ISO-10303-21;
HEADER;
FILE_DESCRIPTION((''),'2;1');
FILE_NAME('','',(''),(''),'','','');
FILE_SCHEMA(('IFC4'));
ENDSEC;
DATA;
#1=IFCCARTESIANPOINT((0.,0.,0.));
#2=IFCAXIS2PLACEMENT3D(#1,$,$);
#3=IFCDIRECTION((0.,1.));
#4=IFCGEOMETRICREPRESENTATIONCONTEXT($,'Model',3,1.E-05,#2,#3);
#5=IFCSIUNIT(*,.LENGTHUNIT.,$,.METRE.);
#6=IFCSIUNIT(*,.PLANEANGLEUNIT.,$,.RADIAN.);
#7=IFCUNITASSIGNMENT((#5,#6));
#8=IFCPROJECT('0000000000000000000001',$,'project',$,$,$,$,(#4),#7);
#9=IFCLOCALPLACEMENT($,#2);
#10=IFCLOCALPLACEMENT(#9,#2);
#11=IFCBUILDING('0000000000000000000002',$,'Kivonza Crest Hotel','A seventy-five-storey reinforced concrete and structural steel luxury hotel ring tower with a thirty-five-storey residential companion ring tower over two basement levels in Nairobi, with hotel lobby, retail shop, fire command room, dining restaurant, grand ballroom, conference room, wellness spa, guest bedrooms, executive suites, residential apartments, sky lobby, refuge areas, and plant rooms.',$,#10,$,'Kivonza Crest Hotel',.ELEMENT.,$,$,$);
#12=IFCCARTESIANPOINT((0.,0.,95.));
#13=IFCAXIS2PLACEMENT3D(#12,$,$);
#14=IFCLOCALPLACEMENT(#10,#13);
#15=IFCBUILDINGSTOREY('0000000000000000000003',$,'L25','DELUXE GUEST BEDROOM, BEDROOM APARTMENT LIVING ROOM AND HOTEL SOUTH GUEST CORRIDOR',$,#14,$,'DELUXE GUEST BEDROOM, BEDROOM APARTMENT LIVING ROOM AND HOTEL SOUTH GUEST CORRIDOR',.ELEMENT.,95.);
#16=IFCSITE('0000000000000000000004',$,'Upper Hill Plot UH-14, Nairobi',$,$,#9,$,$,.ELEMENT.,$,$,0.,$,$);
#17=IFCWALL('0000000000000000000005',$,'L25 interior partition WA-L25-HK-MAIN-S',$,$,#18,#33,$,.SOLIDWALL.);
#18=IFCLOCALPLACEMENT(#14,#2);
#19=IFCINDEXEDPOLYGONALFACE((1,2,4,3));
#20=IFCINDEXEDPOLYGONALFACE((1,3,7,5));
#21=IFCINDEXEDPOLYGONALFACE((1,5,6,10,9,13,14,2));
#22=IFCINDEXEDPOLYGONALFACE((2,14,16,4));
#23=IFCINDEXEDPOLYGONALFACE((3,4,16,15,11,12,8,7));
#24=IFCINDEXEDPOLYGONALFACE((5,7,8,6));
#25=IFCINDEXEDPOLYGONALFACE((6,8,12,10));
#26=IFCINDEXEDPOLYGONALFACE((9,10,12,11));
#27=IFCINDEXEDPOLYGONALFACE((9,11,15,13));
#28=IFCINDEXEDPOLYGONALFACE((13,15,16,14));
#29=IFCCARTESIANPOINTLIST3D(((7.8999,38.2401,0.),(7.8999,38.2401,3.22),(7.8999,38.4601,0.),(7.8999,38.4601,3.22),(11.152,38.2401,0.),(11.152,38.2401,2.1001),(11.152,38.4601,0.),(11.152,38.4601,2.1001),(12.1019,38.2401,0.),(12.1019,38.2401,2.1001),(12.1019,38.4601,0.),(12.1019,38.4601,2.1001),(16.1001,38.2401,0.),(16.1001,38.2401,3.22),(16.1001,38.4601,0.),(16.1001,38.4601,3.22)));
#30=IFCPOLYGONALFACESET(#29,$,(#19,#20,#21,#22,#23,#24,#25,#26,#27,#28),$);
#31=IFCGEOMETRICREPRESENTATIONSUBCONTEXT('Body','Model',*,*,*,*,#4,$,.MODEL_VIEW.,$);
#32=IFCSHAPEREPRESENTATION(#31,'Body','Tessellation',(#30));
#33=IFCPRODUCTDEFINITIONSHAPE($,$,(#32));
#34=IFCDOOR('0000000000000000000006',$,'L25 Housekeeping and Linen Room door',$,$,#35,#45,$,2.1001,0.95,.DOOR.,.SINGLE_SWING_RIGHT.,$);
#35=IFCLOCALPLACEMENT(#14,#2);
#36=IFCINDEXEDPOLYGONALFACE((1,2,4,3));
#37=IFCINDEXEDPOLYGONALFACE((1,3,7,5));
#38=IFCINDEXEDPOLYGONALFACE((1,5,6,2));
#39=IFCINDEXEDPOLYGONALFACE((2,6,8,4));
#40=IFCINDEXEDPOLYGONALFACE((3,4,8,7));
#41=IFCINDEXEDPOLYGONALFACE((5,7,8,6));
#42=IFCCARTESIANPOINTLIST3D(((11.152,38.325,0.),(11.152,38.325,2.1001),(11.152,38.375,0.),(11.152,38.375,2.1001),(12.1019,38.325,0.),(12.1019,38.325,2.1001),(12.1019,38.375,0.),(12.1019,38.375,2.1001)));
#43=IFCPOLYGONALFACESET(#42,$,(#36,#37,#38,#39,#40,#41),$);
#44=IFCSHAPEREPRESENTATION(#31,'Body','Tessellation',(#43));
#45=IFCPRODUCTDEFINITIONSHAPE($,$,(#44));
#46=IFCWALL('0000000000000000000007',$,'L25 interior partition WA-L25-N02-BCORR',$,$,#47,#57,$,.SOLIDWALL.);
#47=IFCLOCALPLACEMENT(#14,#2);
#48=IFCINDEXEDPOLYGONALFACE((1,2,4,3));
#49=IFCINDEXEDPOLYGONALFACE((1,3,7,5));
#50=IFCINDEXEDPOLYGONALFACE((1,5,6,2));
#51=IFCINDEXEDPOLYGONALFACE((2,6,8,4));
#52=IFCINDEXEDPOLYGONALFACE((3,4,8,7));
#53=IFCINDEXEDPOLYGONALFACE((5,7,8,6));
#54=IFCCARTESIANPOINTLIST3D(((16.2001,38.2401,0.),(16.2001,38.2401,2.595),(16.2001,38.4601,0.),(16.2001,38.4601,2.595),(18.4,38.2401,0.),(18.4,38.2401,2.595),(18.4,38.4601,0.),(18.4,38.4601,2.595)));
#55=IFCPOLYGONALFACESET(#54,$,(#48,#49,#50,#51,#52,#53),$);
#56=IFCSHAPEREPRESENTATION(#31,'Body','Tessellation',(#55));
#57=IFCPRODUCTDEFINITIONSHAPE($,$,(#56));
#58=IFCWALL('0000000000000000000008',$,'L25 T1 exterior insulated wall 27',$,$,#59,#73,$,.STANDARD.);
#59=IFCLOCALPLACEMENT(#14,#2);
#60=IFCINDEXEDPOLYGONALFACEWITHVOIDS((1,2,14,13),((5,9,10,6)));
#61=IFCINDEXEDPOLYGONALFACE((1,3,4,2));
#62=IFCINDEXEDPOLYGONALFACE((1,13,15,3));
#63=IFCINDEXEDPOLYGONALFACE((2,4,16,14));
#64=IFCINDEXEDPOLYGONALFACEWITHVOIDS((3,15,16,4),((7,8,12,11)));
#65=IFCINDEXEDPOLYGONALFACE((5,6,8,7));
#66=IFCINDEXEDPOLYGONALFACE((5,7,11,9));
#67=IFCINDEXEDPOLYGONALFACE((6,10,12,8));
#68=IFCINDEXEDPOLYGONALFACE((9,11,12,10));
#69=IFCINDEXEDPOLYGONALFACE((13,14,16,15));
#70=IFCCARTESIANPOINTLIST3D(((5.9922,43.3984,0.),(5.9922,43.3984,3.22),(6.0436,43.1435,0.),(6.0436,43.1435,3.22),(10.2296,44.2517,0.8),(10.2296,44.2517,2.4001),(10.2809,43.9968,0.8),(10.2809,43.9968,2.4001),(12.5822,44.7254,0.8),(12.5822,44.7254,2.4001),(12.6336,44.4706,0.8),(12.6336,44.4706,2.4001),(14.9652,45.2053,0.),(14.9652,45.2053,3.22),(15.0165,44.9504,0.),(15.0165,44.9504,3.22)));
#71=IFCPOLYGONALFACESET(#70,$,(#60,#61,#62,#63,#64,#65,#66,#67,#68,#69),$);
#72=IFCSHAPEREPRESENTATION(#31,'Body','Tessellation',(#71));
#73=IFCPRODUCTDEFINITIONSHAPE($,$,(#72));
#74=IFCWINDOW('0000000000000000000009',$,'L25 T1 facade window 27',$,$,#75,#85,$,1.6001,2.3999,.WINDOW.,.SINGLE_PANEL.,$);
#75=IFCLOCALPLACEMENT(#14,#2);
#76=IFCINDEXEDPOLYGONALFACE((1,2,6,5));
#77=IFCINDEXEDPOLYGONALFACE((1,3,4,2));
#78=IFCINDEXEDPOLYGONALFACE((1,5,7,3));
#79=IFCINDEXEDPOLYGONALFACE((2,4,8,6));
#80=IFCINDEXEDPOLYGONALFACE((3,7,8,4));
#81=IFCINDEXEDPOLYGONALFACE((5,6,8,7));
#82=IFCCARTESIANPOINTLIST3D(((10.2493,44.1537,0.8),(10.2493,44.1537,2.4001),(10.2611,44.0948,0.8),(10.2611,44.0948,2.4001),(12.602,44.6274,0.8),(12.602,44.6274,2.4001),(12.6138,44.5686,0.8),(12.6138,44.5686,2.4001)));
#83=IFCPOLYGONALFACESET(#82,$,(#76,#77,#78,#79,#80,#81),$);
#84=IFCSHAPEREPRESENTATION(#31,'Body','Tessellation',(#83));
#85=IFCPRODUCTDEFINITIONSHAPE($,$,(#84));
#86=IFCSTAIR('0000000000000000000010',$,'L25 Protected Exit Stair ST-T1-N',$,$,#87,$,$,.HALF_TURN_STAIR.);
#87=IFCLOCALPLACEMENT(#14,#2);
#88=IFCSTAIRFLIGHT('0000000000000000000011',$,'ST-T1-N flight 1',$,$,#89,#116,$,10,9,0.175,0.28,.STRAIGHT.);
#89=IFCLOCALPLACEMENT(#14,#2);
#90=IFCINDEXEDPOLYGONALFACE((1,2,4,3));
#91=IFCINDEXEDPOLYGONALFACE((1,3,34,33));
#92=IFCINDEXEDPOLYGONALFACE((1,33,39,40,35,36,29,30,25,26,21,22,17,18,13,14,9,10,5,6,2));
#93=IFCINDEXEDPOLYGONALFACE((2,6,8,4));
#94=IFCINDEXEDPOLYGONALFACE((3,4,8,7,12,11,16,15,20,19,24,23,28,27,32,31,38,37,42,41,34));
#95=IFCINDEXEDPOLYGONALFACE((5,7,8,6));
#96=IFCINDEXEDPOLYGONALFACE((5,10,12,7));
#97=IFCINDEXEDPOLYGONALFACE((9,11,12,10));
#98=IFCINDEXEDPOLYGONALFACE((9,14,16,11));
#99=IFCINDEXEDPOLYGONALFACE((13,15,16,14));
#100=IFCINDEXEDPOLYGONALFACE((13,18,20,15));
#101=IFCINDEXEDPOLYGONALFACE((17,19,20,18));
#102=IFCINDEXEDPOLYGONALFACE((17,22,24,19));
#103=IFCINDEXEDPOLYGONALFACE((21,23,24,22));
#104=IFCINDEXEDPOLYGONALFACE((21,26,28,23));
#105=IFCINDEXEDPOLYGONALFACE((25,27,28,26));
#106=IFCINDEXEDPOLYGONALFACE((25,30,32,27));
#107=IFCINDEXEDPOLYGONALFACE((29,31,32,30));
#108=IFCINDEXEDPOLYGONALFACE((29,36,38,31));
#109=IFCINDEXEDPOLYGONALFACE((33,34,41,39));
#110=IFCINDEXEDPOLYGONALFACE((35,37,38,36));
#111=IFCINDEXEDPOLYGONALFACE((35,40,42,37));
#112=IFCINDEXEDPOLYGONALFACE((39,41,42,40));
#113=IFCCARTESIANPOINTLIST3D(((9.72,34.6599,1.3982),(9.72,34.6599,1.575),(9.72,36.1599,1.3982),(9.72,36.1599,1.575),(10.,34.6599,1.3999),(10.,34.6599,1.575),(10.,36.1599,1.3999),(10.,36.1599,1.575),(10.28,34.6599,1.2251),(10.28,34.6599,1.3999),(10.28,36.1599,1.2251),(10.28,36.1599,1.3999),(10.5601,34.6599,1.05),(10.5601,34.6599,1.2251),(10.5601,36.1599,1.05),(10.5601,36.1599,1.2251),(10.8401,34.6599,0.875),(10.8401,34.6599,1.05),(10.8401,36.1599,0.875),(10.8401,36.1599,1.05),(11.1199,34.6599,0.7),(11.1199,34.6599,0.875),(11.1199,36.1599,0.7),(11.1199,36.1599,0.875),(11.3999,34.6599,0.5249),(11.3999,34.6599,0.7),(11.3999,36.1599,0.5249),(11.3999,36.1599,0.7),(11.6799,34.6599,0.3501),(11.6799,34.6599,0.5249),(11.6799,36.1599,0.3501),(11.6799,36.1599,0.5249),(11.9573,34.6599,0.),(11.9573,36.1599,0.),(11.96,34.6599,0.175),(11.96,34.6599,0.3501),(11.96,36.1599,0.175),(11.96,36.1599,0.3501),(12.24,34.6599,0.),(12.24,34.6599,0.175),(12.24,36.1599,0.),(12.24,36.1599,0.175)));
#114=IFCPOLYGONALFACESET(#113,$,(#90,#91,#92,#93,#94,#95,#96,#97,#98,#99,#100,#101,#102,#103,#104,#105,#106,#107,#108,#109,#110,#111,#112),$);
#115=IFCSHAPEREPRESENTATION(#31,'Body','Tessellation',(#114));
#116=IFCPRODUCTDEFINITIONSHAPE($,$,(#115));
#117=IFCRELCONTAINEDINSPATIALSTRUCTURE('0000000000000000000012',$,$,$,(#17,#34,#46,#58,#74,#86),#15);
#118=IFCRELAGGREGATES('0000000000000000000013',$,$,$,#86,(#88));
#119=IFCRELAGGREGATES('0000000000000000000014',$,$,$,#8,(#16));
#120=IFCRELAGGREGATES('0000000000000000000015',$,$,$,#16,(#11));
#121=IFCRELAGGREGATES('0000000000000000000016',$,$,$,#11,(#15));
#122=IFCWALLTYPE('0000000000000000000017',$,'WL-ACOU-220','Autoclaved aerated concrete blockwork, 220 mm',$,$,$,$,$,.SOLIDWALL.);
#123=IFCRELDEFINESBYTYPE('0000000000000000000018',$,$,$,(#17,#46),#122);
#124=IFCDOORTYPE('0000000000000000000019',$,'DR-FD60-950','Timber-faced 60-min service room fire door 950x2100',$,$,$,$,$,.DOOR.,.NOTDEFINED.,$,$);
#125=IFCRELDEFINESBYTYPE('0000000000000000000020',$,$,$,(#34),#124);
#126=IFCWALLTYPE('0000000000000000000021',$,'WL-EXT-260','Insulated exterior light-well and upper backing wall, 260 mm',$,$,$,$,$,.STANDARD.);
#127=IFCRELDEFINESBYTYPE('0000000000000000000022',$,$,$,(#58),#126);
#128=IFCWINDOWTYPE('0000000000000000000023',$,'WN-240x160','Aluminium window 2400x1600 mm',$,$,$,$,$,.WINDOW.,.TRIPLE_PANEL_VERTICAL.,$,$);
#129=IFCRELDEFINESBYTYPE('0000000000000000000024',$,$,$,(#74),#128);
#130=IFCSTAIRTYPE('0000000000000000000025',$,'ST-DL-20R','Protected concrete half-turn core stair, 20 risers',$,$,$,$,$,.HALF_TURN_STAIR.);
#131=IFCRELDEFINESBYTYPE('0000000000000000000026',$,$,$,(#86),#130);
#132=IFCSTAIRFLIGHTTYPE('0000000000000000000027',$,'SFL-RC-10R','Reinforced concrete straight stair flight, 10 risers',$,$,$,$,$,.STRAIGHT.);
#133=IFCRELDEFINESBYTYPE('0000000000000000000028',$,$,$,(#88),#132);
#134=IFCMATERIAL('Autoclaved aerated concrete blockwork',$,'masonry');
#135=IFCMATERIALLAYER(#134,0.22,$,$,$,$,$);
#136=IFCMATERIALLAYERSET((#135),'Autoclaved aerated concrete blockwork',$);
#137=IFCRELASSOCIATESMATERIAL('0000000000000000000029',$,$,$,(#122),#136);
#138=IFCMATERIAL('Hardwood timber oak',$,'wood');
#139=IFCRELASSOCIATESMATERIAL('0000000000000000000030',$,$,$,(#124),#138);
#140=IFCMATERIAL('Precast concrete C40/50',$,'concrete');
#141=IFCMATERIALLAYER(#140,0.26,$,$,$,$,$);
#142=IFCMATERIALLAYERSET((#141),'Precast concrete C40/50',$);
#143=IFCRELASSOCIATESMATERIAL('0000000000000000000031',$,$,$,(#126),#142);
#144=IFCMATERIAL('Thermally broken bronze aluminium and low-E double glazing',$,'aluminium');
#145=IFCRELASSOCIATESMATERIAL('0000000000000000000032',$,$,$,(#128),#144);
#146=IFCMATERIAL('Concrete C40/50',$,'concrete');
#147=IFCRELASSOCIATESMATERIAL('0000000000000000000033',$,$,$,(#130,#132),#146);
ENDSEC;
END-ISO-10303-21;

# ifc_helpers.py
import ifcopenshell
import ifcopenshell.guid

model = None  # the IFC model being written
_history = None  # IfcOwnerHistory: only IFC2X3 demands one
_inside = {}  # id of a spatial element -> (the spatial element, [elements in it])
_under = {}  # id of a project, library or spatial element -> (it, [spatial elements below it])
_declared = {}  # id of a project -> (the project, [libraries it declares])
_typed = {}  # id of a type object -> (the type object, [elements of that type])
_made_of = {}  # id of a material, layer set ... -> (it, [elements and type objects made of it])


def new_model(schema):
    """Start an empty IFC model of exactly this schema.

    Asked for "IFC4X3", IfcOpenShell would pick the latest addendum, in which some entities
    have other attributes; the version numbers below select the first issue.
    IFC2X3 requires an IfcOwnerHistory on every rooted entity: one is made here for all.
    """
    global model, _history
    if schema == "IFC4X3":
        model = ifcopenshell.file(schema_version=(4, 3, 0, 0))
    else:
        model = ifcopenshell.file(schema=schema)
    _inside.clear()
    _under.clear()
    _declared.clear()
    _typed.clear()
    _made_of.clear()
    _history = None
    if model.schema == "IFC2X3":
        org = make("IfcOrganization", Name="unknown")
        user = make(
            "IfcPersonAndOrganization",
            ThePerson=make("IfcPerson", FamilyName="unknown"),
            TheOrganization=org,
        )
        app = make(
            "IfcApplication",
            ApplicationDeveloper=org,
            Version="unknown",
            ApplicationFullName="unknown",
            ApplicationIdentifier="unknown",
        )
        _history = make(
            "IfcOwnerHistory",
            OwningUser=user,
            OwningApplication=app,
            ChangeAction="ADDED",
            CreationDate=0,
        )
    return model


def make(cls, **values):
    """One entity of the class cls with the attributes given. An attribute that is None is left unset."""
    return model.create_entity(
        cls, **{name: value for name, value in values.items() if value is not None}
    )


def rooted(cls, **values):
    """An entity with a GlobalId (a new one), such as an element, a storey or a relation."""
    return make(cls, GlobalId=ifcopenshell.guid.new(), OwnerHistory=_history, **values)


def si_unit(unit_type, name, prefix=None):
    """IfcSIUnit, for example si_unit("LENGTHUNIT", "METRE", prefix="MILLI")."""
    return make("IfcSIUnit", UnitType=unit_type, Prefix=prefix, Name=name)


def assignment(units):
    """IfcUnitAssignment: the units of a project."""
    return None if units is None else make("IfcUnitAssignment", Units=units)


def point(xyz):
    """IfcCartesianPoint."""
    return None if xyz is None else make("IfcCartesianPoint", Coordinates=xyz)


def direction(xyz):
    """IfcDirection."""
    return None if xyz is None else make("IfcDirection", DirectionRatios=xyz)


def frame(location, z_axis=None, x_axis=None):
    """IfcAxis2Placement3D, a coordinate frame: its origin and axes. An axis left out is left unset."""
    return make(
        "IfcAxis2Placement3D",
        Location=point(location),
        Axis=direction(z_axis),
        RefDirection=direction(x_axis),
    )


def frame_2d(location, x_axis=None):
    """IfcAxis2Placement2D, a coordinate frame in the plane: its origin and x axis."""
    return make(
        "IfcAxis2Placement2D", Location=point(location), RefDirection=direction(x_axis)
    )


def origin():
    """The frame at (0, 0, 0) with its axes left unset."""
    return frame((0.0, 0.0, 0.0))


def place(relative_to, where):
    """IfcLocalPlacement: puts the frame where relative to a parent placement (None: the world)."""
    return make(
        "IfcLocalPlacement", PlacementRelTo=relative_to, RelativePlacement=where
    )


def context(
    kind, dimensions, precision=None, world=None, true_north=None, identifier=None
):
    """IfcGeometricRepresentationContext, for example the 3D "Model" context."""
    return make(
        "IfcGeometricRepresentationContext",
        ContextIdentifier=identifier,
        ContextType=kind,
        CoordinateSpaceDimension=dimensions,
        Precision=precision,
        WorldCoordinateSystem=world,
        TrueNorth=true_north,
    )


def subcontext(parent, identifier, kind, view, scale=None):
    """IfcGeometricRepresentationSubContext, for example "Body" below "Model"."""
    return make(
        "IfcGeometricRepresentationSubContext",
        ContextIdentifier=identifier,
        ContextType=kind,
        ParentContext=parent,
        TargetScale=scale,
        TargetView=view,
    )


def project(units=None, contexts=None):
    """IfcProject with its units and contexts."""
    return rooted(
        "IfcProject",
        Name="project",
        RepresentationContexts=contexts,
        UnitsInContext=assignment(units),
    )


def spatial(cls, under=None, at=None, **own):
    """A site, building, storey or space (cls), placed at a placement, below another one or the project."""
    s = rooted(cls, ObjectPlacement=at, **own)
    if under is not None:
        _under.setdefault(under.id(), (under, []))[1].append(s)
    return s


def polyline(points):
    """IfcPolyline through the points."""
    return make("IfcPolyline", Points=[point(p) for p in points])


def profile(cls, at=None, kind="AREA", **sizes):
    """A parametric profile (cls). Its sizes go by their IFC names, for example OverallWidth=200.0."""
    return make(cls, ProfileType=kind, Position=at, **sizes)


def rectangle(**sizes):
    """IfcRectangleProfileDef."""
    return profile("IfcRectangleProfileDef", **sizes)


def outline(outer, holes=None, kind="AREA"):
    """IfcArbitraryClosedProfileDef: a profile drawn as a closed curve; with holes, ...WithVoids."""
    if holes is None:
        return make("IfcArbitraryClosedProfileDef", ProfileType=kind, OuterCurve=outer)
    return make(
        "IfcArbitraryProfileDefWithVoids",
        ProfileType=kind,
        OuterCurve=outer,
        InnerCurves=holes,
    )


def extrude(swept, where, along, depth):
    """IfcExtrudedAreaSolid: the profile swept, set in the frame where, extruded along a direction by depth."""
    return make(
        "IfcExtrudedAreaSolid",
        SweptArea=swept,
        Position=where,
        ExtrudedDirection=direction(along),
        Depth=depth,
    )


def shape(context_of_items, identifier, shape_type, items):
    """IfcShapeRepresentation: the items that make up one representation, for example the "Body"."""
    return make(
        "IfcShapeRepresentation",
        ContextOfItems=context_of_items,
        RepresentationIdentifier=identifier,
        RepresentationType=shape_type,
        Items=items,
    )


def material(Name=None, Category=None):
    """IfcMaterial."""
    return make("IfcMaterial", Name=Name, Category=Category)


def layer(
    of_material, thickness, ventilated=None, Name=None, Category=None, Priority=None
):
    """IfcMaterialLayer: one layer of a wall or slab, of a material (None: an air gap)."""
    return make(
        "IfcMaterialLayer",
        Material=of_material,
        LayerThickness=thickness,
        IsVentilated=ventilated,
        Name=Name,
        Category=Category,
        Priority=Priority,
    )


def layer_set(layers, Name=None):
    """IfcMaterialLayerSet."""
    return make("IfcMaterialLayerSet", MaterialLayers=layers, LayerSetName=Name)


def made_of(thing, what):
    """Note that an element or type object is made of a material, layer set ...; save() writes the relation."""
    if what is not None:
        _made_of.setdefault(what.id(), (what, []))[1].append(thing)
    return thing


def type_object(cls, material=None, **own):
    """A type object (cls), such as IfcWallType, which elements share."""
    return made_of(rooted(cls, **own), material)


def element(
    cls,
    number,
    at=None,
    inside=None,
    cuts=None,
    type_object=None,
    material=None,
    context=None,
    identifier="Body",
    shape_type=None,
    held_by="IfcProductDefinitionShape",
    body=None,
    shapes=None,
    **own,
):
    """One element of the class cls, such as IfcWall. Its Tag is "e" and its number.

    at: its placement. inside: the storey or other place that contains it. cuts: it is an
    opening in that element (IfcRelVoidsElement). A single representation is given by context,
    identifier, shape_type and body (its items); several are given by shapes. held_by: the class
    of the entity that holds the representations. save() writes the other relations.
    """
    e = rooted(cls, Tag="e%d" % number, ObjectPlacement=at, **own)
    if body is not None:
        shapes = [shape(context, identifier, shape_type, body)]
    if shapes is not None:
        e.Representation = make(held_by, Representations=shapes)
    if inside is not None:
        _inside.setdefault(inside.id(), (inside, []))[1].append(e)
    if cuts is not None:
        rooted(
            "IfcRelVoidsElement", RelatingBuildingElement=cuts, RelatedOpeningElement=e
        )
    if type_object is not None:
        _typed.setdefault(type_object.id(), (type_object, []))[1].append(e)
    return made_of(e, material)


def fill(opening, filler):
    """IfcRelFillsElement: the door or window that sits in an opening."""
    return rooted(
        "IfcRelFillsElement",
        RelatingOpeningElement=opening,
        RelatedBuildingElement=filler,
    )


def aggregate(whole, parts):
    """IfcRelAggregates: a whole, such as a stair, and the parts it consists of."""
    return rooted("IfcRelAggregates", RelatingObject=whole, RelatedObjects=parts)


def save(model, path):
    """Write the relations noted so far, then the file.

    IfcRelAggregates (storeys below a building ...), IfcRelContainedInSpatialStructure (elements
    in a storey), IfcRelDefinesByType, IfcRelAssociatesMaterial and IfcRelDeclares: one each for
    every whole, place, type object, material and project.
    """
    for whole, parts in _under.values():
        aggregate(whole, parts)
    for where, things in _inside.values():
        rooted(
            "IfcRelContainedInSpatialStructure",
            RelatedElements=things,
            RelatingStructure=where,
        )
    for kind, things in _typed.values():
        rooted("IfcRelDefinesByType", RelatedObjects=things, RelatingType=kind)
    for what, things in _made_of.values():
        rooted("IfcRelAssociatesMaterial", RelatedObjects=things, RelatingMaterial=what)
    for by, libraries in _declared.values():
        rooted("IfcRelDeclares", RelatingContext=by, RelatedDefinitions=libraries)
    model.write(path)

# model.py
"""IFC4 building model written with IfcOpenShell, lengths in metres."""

from ifc_helpers import new_model, si_unit, direction, frame, frame_2d, origin, place, context, subcontext, project, spatial, polyline, rectangle, outline, extrude, material, layer, layer_set, type_object, element, fill, aggregate, save


model = new_model("IFC4")

# Units and contexts
model_context = context("Model", 3, precision=1e-05, world=origin(), true_north=direction((0.0, 1.0)))
body_context = subcontext(model_context, "Body", "Model", "MODEL_VIEW")
ifc_project = project(units=[si_unit("LENGTHUNIT", "METRE"), si_unit("PLANEANGLEUNIT", "RADIAN")], contexts=[model_context])

# Site, building, storey
site_placement = place(None, origin())
site = spatial("IfcSite", under=ifc_project, at=site_placement, Name="Upper Hill Plot UH-14, Nairobi", CompositionType="ELEMENT", RefElevation=0.0)
building_placement = place(site_placement, origin())
building = spatial("IfcBuilding", under=site, at=building_placement, Name="Kivonza Crest Hotel", Description="A seventy-five-storey reinforced concrete and structural steel luxury hotel ring tower with a thirty-five-storey residential companion ring tower over two basement levels in Nairobi, with hotel lobby, retail shop, fire command room, dining restaurant, grand ballroom, conference room, wellness spa, guest bedrooms, executive suites, residential apartments, sky lobby, refuge areas, and plant rooms.", LongName="Kivonza Crest Hotel", CompositionType="ELEMENT")
storey_placement = place(building_placement, frame((0.0, 0.0, 95.0)))
storey = spatial("IfcBuildingStorey", under=building, at=storey_placement, Name="L25", Description="DELUXE GUEST BEDROOM, BEDROOM APARTMENT LIVING ROOM AND HOTEL SOUTH GUEST CORRIDOR", LongName="DELUXE GUEST BEDROOM, BEDROOM APARTMENT LIVING ROOM AND HOTEL SOUTH GUEST CORRIDOR", CompositionType="ELEMENT", Elevation=95.0)

# Wall, opening, door
ifc_material_1 = material(Name="Autoclaved aerated concrete blockwork", Category="masonry")
ifc_layer_1 = layer(ifc_material_1, 0.22)
ifc_layer_set_1 = layer_set([ifc_layer_1], Name="Autoclaved aerated concrete blockwork")
wall_type_1 = type_object("IfcWallType", Name="WL-ACOU-220", Description="Autoclaved aerated concrete blockwork, 220 mm", PredefinedType="SOLIDWALL", material=ifc_layer_set_1)
wall_1_placement = place(storey_placement, frame((7.8999, 38.3501, 0.0), z_axis=(0.0, 0.0, 1.0), x_axis=(1.0, 0.0, 0.0)))
wall_1 = element("IfcWall", 1, at=wall_1_placement, inside=storey, type_object=wall_type_1, Name="L25 interior partition WA-L25-HK-MAIN-S", PredefinedType="SOLIDWALL", context=body_context, shape_type="SweptSolid", body=[
    extrude(rectangle(XDim=8.2002, YDim=0.22, at=frame_2d((4.1001, 0.0))), origin(), (0.0, 0.0, 1.0), 3.22),
])
opening_1_placement = place(wall_1_placement, frame((3.252, 0.0, 0.0)))
opening_1 = element("IfcOpeningElement", 2, at=opening_1_placement, cuts=wall_1, PredefinedType="OPENING", context=body_context, shape_type="SweptSolid", body=[
    extrude(rectangle(XDim=0.95, YDim=2.1001, at=frame_2d((0.4751, 1.05))), frame((0.0, 0.1201, 0.0), z_axis=(0.0, -1.0, 0.0), x_axis=(1.0, 0.0, 0.0)), (0.0, 0.0, 1.0), 0.24),
])
ifc_material_2 = material(Name="Hardwood timber oak", Category="wood")
door_type = type_object("IfcDoorType", Name="DR-FD60-950", Description="Timber-faced 60-min service room fire door 950x2100", OperationType="NOTDEFINED", PredefinedType="DOOR", material=ifc_material_2)
door_placement = place(opening_1_placement, origin())
door = element("IfcDoor", 3, at=door_placement, inside=storey, type_object=door_type, Name="L25 Housekeeping and Linen Room door", OperationType="SINGLE_SWING_RIGHT", OverallHeight=2.1001, OverallWidth=0.95, PredefinedType="DOOR", context=body_context, shape_type="SweptSolid", body=[
    extrude(rectangle(XDim=0.95, YDim=2.1001, at=frame_2d((0.4751, 1.05))), frame((0.0, 0.0249, 0.0), z_axis=(0.0, -1.0, 0.0), x_axis=(1.0, 0.0, 0.0)), (0.0, 0.0, 1.0), 0.05),
])
fill(opening_1, door)

# Wall
wall_2_placement = place(storey_placement, frame((16.2, 38.3501, 0.0), z_axis=(0.0, 0.0, 1.0), x_axis=(1.0, 0.0, 0.0)))
element("IfcWall", 4, at=wall_2_placement, inside=storey, type_object=wall_type_1, Name="L25 interior partition WA-L25-N02-BCORR", PredefinedType="SOLIDWALL", context=body_context, shape_type="SweptSolid", body=[
    extrude(rectangle(XDim=2.2, YDim=0.22, at=frame_2d((1.1001, 0.0))), origin(), (0.0, 0.0, 1.0), 2.595),
])

# Wall, opening, window
ifc_material_3 = material(Name="Precast concrete C40/50", Category="concrete")
ifc_layer_2 = layer(ifc_material_3, 0.26)
ifc_layer_set_2 = layer_set([ifc_layer_2], Name="Precast concrete C40/50")
wall_type_2 = type_object("IfcWallType", Name="WL-EXT-260", Description="Insulated exterior light-well and upper backing wall, 260 mm", PredefinedType="STANDARD", material=ifc_layer_set_2)
wall_3_placement = place(storey_placement, frame((14.991, 45.0779, 0.0), z_axis=(0.0, 0.0, 1.0), x_axis=(-0.980321, -0.197409, 0.0)))
wall_3 = element("IfcWall", 5, at=wall_3_placement, inside=storey, type_object=wall_type_2, Name="L25 T1 exterior insulated wall 27", PredefinedType="STANDARD", context=body_context, shape_type="SweptSolid", body=[
    extrude(rectangle(XDim=9.1531, YDim=0.26, at=frame_2d((4.5767, 0.0))), origin(), (0.0, 0.0, 1.0), 3.22),
])
opening_2_placement = place(wall_3_placement, frame((2.4309, 0.0, 0.8)))
opening_2 = element("IfcOpeningElement", 6, at=opening_2_placement, cuts=wall_3, PredefinedType="OPENING", context=body_context, shape_type="SweptSolid", body=[
    extrude(rectangle(XDim=2.3999, YDim=1.6001, at=frame_2d((1.2, 0.8))), frame((0.0, 0.1401, 0.0), z_axis=(0.0, -1.0, 0.0), x_axis=(1.0, 0.0, 0.0)), (0.0, 0.0, 1.0), 0.28),
])
ifc_material_4 = material(Name="Thermally broken bronze aluminium and low-E double glazing", Category="aluminium")
window_type = type_object("IfcWindowType", Name="WN-240x160", Description="Aluminium window 2400x1600 mm", PartitioningType="TRIPLE_PANEL_VERTICAL", PredefinedType="WINDOW", material=ifc_material_4)
window_placement = place(opening_2_placement, origin())
window = element("IfcWindow", 7, at=window_placement, inside=storey, type_object=window_type, Name="L25 T1 facade window 27", OverallHeight=1.6001, OverallWidth=2.3999, PartitioningType="SINGLE_PANEL", PredefinedType="WINDOW", context=body_context, shape_type="SweptSolid", body=[
    extrude(rectangle(XDim=2.3999, YDim=1.6001, at=frame_2d((1.2, 0.8))), frame((0.0, 0.03, 0.0), z_axis=(0.0, -1.0, 0.0), x_axis=(1.0, 0.0, 0.0)), (0.0, 0.0, 1.0), 0.0601),
])
fill(opening_2, window)

# Stair, stair flight
ifc_material_5 = material(Name="Concrete C40/50", Category="concrete")
stair_type = type_object("IfcStairType", Name="ST-DL-20R", Description="Protected concrete half-turn core stair, 20 risers", PredefinedType="HALF_TURN_STAIR", material=ifc_material_5)
stair_placement = place(storey_placement, origin())
stair = element("IfcStair", 8, at=stair_placement, inside=storey, type_object=stair_type, Name="L25 Protected Exit Stair ST-T1-N", PredefinedType="HALF_TURN_STAIR")
stair_flight_type = type_object("IfcStairFlightType", Name="SFL-RC-10R", Description="Reinforced concrete straight stair flight, 10 risers", PredefinedType="STRAIGHT", material=ifc_material_5)
stair_flight_placement = place(storey_placement, frame((12.24, 35.4099, 0.0), z_axis=(0.0, 0.0, 1.0), x_axis=(-1.0, 0.0, 0.0)))
stair_flight = element("IfcStairFlight", 9, at=stair_flight_placement, type_object=stair_flight_type, Name="ST-T1-N flight 1", NumberOfRisers=10, NumberOfTreads=9, PredefinedType="STRAIGHT", RiserHeight=0.175, TreadLength=0.28, context=body_context, shape_type="SweptSolid", body=[
    extrude(outline(polyline([(0.0, 0.0), (0.0, 0.175), (0.28, 0.175), (0.28, 0.3501), (0.5601, 0.3501), (0.5601, 0.5249), (0.8401, 0.5249), (0.8401, 0.7), (1.1201, 0.7), (1.1201, 0.875), (1.3999, 0.875), (1.3999, 1.05), (1.6799, 1.05), (1.6799, 1.2251), (1.96, 1.2251), (1.96, 1.3999), (2.24, 1.3999), (2.24, 1.575), (2.52, 1.575), (2.52, 1.75), (2.52, 1.3982), (0.2827, 0.0), (0.0, 0.0)])), frame((0.0, 0.75, 0.0), z_axis=(0.0, -1.0, 0.0), x_axis=(1.0, 0.0, 0.0)), (0.0, 0.0, 1.0), 1.5),
])
aggregate(stair, [stair_flight])

save(model, "model.ifc")
